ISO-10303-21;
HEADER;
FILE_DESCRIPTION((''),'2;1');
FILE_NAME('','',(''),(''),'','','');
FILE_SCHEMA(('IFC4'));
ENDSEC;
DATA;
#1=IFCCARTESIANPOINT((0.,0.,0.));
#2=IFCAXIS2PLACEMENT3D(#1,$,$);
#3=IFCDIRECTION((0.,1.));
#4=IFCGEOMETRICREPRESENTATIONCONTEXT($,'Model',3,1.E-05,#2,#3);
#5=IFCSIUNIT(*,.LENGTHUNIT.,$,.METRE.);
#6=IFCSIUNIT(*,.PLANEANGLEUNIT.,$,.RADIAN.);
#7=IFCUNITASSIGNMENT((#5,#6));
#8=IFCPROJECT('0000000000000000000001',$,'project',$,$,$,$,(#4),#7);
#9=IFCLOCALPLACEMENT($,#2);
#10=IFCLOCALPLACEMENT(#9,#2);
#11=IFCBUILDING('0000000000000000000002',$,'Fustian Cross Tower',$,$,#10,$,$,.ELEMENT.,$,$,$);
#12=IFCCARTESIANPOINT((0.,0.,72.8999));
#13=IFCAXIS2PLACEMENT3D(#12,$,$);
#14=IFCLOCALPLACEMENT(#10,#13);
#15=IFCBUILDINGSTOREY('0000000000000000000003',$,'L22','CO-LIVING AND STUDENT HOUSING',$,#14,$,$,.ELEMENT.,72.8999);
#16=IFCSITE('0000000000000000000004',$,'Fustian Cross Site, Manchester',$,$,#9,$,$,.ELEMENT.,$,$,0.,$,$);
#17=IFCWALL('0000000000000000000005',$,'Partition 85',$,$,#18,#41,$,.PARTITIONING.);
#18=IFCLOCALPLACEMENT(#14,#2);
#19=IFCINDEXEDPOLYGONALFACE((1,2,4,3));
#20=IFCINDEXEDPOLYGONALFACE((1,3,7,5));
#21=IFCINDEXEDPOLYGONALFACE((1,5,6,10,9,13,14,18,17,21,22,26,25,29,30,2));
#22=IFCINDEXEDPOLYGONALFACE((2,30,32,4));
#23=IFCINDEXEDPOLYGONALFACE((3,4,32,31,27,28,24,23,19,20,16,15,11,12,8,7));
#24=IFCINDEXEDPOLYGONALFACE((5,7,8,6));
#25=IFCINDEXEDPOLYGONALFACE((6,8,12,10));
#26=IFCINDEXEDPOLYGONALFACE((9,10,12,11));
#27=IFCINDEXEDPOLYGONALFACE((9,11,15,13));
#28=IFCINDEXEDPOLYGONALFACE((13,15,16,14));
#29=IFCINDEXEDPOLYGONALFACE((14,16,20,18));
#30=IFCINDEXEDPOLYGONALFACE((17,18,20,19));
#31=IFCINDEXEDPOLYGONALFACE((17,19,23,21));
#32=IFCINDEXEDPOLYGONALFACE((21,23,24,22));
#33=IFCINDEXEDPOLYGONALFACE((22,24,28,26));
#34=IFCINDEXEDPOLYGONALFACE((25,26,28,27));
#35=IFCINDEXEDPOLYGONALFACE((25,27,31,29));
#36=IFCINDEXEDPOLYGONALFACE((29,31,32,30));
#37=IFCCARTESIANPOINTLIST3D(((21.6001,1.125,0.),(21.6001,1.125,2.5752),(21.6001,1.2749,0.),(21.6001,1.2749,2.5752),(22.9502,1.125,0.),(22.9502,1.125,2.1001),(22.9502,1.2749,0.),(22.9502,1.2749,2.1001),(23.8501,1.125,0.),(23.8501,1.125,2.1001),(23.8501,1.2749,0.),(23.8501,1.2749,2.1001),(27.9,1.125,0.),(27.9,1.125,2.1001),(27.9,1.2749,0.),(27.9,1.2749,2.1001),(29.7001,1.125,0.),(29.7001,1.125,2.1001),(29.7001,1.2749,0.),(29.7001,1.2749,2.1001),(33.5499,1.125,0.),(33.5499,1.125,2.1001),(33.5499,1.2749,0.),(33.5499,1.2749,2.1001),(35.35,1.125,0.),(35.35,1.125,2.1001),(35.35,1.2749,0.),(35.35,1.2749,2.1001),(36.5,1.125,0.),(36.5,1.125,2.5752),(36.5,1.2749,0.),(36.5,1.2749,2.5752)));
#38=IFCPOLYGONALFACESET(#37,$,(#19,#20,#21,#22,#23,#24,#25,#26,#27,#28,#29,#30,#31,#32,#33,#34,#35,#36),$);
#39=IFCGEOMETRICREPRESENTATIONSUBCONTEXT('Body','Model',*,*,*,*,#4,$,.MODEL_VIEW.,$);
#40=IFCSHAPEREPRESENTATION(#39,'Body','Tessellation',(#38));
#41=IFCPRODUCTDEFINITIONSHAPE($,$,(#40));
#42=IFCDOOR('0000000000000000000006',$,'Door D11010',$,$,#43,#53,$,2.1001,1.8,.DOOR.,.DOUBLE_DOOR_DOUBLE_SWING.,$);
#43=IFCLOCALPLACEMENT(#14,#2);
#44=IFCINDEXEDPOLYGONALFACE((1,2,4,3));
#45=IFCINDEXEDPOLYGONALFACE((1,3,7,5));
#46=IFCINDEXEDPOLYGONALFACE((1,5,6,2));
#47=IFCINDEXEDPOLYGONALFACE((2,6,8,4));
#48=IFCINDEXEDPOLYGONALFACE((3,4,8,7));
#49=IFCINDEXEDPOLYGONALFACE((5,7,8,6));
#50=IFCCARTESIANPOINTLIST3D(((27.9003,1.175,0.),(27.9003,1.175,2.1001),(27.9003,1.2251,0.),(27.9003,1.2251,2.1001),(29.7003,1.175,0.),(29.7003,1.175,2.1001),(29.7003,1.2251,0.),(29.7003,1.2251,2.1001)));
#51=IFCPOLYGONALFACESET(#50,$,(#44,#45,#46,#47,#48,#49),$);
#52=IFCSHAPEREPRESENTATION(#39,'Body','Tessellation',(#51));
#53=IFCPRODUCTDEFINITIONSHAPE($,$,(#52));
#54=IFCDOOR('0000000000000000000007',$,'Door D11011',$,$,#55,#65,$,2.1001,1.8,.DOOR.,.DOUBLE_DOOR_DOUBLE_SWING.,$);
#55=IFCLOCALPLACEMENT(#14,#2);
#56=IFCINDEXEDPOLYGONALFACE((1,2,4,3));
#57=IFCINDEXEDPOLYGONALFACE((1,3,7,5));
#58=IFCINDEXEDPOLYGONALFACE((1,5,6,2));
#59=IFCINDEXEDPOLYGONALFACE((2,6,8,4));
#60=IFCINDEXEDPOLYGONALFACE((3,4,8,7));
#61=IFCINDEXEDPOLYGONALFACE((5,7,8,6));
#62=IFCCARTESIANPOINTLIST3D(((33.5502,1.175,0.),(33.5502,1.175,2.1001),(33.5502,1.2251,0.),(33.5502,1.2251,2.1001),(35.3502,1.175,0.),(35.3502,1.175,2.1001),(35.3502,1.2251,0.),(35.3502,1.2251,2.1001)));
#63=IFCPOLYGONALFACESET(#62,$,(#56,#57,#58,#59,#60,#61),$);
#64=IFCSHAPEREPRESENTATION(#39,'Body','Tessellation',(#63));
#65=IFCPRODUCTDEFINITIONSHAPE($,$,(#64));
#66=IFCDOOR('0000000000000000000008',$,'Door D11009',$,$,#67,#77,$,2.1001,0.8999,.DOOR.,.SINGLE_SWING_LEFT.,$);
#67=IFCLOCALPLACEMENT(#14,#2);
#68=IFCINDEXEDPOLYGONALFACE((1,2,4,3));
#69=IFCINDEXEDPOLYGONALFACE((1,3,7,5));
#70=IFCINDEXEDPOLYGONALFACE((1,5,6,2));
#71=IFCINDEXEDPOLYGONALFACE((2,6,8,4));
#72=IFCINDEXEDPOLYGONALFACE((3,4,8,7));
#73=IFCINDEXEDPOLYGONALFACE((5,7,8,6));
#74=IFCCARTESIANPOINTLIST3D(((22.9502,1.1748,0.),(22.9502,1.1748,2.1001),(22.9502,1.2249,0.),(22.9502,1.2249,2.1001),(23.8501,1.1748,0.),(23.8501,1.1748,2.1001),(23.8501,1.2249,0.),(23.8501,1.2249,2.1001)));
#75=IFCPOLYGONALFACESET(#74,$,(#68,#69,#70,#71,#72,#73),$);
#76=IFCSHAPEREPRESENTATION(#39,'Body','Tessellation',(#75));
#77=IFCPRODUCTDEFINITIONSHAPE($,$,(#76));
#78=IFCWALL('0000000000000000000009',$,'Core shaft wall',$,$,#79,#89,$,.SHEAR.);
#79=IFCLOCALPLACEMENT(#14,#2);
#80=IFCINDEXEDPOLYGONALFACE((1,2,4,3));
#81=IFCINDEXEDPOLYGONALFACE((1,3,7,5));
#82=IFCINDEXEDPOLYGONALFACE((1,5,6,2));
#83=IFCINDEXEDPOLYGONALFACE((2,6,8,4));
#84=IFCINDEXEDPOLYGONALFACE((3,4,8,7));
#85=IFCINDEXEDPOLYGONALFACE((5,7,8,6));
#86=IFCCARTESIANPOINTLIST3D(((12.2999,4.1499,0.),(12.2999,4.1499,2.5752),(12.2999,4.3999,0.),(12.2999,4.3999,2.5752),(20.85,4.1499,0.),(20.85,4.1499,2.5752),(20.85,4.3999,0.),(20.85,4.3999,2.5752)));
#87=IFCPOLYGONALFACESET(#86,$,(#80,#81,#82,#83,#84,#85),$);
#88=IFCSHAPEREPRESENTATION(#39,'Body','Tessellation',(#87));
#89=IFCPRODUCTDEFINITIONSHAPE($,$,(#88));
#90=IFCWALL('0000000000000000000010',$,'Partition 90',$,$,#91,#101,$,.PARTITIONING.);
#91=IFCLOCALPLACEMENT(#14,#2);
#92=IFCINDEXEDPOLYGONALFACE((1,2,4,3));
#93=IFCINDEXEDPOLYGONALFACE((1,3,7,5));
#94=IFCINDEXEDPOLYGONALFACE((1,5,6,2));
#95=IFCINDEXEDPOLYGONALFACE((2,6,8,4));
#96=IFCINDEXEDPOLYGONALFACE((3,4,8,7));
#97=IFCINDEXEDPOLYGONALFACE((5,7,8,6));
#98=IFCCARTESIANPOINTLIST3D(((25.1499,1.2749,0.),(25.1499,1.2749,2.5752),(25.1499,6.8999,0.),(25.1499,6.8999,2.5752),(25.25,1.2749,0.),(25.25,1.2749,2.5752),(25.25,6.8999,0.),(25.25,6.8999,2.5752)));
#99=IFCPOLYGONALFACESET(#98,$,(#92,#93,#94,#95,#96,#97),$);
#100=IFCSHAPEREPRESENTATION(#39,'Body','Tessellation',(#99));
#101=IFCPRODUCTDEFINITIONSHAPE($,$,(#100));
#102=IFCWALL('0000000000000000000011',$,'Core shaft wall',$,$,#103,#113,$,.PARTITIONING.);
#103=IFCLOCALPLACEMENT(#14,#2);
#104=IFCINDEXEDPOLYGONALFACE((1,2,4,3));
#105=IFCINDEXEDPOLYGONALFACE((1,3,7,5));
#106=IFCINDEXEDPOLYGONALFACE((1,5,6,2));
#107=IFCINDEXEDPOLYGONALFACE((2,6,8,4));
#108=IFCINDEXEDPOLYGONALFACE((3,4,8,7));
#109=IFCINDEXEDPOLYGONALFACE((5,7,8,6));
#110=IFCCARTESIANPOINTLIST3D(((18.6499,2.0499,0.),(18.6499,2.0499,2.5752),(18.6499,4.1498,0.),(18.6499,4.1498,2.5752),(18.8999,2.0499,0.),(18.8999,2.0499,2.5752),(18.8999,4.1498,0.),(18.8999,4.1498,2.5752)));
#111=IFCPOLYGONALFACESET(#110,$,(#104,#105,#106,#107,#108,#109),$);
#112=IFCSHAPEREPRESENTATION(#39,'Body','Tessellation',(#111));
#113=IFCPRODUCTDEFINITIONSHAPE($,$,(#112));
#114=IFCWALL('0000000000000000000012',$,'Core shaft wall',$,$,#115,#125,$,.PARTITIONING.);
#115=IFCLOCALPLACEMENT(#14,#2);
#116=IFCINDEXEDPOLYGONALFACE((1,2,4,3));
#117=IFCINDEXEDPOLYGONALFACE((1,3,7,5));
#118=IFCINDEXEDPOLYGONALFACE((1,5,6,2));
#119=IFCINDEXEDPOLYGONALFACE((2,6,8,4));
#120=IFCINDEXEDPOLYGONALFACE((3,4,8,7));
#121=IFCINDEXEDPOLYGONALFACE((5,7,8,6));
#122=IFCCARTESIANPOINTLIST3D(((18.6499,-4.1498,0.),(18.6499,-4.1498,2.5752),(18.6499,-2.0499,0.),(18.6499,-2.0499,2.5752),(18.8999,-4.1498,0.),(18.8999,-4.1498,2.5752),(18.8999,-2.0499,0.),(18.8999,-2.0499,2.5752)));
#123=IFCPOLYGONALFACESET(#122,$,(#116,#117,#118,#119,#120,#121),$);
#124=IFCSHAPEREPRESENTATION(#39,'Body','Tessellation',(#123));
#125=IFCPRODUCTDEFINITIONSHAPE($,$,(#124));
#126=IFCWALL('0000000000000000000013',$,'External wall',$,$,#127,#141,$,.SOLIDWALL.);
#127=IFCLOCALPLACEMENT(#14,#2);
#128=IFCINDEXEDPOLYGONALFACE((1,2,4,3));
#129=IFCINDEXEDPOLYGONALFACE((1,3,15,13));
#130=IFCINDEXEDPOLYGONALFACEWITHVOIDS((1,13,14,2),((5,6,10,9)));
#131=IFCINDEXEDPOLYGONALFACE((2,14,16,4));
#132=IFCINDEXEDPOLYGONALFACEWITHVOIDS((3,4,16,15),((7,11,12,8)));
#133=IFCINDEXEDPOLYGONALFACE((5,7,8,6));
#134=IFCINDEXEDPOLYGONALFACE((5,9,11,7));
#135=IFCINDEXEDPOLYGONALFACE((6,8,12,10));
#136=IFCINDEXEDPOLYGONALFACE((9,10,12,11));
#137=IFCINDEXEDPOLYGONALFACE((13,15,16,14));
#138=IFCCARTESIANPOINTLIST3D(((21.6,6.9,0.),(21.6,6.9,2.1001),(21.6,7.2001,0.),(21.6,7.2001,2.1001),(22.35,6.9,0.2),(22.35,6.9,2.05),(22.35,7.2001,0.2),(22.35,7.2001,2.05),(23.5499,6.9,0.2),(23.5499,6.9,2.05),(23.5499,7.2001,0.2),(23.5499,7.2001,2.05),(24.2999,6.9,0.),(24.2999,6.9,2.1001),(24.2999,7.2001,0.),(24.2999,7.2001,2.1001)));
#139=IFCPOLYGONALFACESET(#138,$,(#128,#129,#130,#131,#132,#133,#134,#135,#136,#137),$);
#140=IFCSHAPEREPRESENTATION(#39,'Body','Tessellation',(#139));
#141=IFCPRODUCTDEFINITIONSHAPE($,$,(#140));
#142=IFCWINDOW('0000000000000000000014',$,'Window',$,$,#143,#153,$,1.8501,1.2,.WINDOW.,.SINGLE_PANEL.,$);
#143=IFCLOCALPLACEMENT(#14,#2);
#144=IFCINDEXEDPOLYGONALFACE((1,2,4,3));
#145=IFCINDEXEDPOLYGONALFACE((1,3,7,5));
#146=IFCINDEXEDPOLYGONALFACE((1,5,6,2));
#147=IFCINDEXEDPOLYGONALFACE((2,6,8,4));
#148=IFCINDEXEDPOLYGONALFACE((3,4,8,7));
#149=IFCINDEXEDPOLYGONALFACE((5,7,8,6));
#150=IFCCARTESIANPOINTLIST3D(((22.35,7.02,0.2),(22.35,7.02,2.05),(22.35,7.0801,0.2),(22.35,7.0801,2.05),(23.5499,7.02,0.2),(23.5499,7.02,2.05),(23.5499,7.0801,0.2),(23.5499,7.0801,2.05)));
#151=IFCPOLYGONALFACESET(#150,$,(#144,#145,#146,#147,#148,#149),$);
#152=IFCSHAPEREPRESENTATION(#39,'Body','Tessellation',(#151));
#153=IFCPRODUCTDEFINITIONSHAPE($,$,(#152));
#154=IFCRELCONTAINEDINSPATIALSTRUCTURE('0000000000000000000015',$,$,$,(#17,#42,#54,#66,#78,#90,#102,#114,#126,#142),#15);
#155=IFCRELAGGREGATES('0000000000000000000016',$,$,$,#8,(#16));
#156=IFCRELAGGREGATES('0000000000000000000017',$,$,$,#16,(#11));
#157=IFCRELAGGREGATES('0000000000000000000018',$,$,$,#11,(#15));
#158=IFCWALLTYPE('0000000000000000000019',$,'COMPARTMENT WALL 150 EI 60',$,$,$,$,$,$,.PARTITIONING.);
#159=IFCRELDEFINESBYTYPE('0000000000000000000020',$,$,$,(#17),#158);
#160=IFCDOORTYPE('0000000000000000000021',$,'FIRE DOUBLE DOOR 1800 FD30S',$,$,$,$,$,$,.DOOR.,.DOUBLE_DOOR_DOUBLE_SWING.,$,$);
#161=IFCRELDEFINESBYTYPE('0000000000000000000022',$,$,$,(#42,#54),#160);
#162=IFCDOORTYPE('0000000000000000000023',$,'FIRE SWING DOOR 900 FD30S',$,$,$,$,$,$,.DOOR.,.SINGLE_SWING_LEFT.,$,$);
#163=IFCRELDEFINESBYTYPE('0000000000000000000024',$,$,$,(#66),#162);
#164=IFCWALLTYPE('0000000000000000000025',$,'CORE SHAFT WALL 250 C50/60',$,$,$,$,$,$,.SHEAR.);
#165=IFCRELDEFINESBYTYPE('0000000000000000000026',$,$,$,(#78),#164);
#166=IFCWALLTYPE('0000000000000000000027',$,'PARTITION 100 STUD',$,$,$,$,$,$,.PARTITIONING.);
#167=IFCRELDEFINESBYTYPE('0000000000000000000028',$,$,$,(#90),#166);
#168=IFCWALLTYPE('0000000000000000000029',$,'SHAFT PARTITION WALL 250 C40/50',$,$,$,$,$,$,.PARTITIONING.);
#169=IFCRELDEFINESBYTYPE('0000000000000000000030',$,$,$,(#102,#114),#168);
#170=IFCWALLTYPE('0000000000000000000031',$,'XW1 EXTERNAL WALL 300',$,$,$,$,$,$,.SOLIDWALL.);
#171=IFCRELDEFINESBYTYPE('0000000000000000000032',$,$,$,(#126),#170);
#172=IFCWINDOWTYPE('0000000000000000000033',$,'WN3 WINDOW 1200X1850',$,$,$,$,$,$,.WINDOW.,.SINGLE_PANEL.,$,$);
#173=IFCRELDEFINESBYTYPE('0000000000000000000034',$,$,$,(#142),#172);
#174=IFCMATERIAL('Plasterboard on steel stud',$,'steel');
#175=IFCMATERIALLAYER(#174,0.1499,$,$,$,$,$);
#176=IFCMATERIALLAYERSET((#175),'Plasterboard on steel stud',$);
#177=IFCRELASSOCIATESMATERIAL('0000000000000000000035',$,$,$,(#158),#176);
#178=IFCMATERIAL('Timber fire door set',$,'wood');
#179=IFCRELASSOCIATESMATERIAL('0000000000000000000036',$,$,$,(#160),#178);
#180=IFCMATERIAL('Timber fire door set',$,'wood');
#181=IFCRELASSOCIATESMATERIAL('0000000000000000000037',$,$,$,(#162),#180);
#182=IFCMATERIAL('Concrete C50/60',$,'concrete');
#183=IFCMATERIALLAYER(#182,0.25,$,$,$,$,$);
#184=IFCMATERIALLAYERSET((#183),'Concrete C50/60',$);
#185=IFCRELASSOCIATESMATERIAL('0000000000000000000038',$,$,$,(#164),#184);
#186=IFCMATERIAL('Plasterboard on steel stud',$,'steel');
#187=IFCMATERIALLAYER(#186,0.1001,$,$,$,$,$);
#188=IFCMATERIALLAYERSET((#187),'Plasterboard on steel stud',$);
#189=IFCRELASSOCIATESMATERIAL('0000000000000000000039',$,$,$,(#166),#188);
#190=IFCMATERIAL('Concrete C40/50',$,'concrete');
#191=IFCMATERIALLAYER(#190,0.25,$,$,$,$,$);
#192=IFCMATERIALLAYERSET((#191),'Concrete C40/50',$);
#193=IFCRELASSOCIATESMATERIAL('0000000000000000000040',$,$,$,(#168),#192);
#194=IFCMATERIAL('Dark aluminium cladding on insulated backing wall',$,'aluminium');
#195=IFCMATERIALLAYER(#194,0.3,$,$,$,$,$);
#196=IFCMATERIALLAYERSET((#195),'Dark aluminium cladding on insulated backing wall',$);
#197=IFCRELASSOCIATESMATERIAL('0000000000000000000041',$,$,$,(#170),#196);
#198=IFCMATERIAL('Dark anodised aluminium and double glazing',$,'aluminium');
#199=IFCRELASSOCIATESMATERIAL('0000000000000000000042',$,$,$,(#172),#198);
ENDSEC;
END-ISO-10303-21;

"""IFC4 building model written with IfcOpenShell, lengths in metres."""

from ifc_helpers import new_model, si_unit, direction, frame, frame_2d, origin, place, context, subcontext, project, spatial, rectangle, extrude, material, layer, layer_set, type_object, element, fill, save


model = new_model("IFC4")

# Units and contexts
model_context = context("Model", 3, precision=1e-05, world=origin(), true_north=direction((0.0, 1.0)))
body_context = subcontext(model_context, "Body", "Model", "MODEL_VIEW")
ifc_project = project(units=[si_unit("LENGTHUNIT", "METRE"), si_unit("PLANEANGLEUNIT", "RADIAN")], contexts=[model_context])

# Site, building, storey
site_placement = place(None, origin())
site = spatial("IfcSite", under=ifc_project, at=site_placement, Name="Fustian Cross Site, Manchester", CompositionType="ELEMENT", RefElevation=0.0)
building_placement = place(site_placement, origin())
building = spatial("IfcBuilding", under=site, at=building_placement, Name="Fustian Cross Tower", CompositionType="ELEMENT")
storey_placement = place(building_placement, frame((0.0, 0.0, 72.8999)))
storey = spatial("IfcBuildingStorey", under=building, at=storey_placement, Name="L22", Description="CO-LIVING AND STUDENT HOUSING", CompositionType="ELEMENT", Elevation=72.8999)

# Wall, openings, doors
ifc_material_1 = material(Name="Plasterboard on steel stud", Category="steel")
ifc_layer_1 = layer(ifc_material_1, 0.1499)
ifc_layer_set_1 = layer_set([ifc_layer_1], Name="Plasterboard on steel stud")
wall_type_1 = type_object("IfcWallType", Name="COMPARTMENT WALL 150 EI 60", PredefinedType="PARTITIONING", material=ifc_layer_set_1)
ifc_material_2 = material(Name="Timber fire door set", Category="wood")
door_type_1 = type_object("IfcDoorType", Name="FIRE DOUBLE DOOR 1800 FD30S", OperationType="DOUBLE_DOOR_DOUBLE_SWING", PredefinedType="DOOR", material=ifc_material_2)
wall_1_placement = place(storey_placement, frame((21.6001, 1.2, 0.0), z_axis=(0.0, 0.0, 1.0), x_axis=(1.0, 0.0, 0.0)))
wall_1 = element("IfcWall", 1, at=wall_1_placement, inside=storey, type_object=wall_type_1, Name="Partition 85", PredefinedType="PARTITIONING", context=body_context, shape_type="SweptSolid", body=[
    extrude(rectangle(XDim=14.8999, YDim=0.1499, at=frame_2d((7.45, 0.0))), origin(), (0.0, 0.0, 1.0), 2.5752),
])
opening_1_placement = place(wall_1_placement, frame((1.3501, 0.0, 0.0)))
opening_1 = element("IfcOpeningElement", 2, at=opening_1_placement, cuts=wall_1, PredefinedType="OPENING", context=body_context, shape_type="SweptSolid", body=[
    extrude(rectangle(XDim=0.8999, YDim=2.1001, at=frame_2d((0.45, 1.05))), frame((0.0, 0.085, 0.0), z_axis=(0.0, -1.0, 0.0), x_axis=(1.0, 0.0, 0.0)), (0.0, 0.0, 1.0), 0.1699),
])
opening_2_placement = place(wall_1_placement, frame((6.3, 0.0, 0.0)))
opening_2 = element("IfcOpeningElement", 3, at=opening_2_placement, cuts=wall_1, PredefinedType="OPENING", context=body_context, shape_type="SweptSolid", body=[
    extrude(rectangle(XDim=1.8, YDim=2.1001, at=frame_2d((0.8999, 1.05))), frame((0.0, 0.085, 0.0), z_axis=(0.0, -1.0, 0.0), x_axis=(1.0, 0.0, 0.0)), (0.0, 0.0, 1.0), 0.1699),
])
opening_3_placement = place(wall_1_placement, frame((11.95, 0.0, 0.0)))
opening_3 = element("IfcOpeningElement", 4, at=opening_3_placement, cuts=wall_1, PredefinedType="OPENING", context=body_context, shape_type="SweptSolid", body=[
    extrude(rectangle(XDim=1.8, YDim=2.1001, at=frame_2d((0.8999, 1.05))), frame((0.0, 0.085, 0.0), z_axis=(0.0, -1.0, 0.0), x_axis=(1.0, 0.0, 0.0)), (0.0, 0.0, 1.0), 0.1699),
])
door_1_placement = place(opening_2_placement, frame((1.8, 0.0, 0.0), z_axis=(0.0, 0.0, 1.0), x_axis=(-1.0, 0.0, 0.0)))
door_1 = element("IfcDoor", 5, at=door_1_placement, inside=storey, type_object=door_type_1, Name="Door D11010", OperationType="DOUBLE_DOOR_DOUBLE_SWING", OverallHeight=2.1001, OverallWidth=1.8, PredefinedType="DOOR", context=body_context, shape_type="SweptSolid", body=[
    extrude(rectangle(XDim=1.8, YDim=2.1001, at=frame_2d((0.8999, 1.05))), frame((0.0, 0.0249, 0.0), z_axis=(0.0, -1.0, 0.0), x_axis=(1.0, 0.0, 0.0)), (0.0, 0.0, 1.0), 0.05),
])
fill(opening_2, door_1)
door_2_placement = place(opening_3_placement, frame((1.8, 0.0, 0.0), z_axis=(0.0, 0.0, 1.0), x_axis=(-1.0, 0.0, 0.0)))
door_2 = element("IfcDoor", 6, at=door_2_placement, inside=storey, type_object=door_type_1, Name="Door D11011", OperationType="DOUBLE_DOOR_DOUBLE_SWING", OverallHeight=2.1001, OverallWidth=1.8, PredefinedType="DOOR", context=body_context, shape_type="SweptSolid", body=[
    extrude(rectangle(XDim=1.8, YDim=2.1001, at=frame_2d((0.8999, 1.05))), frame((0.0, 0.0249, 0.0), z_axis=(0.0, -1.0, 0.0), x_axis=(1.0, 0.0, 0.0)), (0.0, 0.0, 1.0), 0.05),
])
fill(opening_3, door_2)
ifc_material_3 = material(Name="Timber fire door set", Category="wood")
door_type_2 = type_object("IfcDoorType", Name="FIRE SWING DOOR 900 FD30S", OperationType="SINGLE_SWING_LEFT", PredefinedType="DOOR", material=ifc_material_3)
door_3_placement = place(opening_1_placement, origin())
door_3 = element("IfcDoor", 7, at=door_3_placement, inside=storey, type_object=door_type_2, Name="Door D11009", OperationType="SINGLE_SWING_LEFT", OverallHeight=2.1001, OverallWidth=0.8999, PredefinedType="DOOR", context=body_context, shape_type="SweptSolid", body=[
    extrude(rectangle(XDim=0.8999, YDim=2.1001, at=frame_2d((0.45, 1.05))), frame((0.0, 0.0249, 0.0), z_axis=(0.0, -1.0, 0.0), x_axis=(1.0, 0.0, 0.0)), (0.0, 0.0, 1.0), 0.05),
])
fill(opening_1, door_3)

# Walls
ifc_material_4 = material(Name="Concrete C50/60", Category="concrete")
ifc_layer_2 = layer(ifc_material_4, 0.25)
ifc_layer_set_2 = layer_set([ifc_layer_2], Name="Concrete C50/60")
wall_type_2 = type_object("IfcWallType", Name="CORE SHAFT WALL 250 C50/60", PredefinedType="SHEAR", material=ifc_layer_set_2)
wall_2_placement = place(storey_placement, frame((12.3, 4.2749, 0.0), z_axis=(0.0, 0.0, 1.0), x_axis=(1.0, 0.0, 0.0)))
element("IfcWall", 8, at=wall_2_placement, inside=storey, type_object=wall_type_2, Name="Core shaft wall", PredefinedType="SHEAR", context=body_context, shape_type="SweptSolid", body=[
    extrude(rectangle(XDim=8.55, YDim=0.25, at=frame_2d((4.2749, 0.0))), origin(), (0.0, 0.0, 1.0), 2.5752),
])
ifc_material_5 = material(Name="Plasterboard on steel stud", Category="steel")
ifc_layer_3 = layer(ifc_material_5, 0.1001)
ifc_layer_set_3 = layer_set([ifc_layer_3], Name="Plasterboard on steel stud")
wall_type_3 = type_object("IfcWallType", Name="PARTITION 100 STUD", PredefinedType="PARTITIONING", material=ifc_layer_set_3)
wall_3_placement = place(storey_placement, frame((25.2, 1.2749, 0.0), z_axis=(0.0, 0.0, 1.0), x_axis=(0.0, 1.0, 0.0)))
element("IfcWall", 9, at=wall_3_placement, inside=storey, type_object=wall_type_3, Name="Partition 90", PredefinedType="PARTITIONING", context=body_context, shape_type="SweptSolid", body=[
    extrude(rectangle(XDim=5.625, YDim=0.1001, at=frame_2d((2.8125, 0.0))), origin(), (0.0, 0.0, 1.0), 2.5752),
])
ifc_material_6 = material(Name="Concrete C40/50", Category="concrete")
ifc_layer_4 = layer(ifc_material_6, 0.25)
ifc_layer_set_4 = layer_set([ifc_layer_4], Name="Concrete C40/50")
wall_type_4 = type_object("IfcWallType", Name="SHAFT PARTITION WALL 250 C40/50", PredefinedType="PARTITIONING", material=ifc_layer_set_4)
for number, where, z_axis, x_axis, name in (
    (10, (18.7749, 2.05, 0.0), (0.0, 0.0, 1.0), (0.0, 1.0, 0.0), "Core shaft wall"),
    (11, (18.7749, -2.05, 0.0), (0.0, 0.0, 1.0), (0.0, -1.0, 0.0), "Core shaft wall"),
):
    element("IfcWall", number, at=place(storey_placement, frame(where, z_axis=z_axis, x_axis=x_axis)), inside=storey, type_object=wall_type_4, Name=name, PredefinedType="PARTITIONING", context=body_context, shape_type="SweptSolid", body=[
        extrude(rectangle(XDim=2.0999, YDim=0.25, at=frame_2d((1.0498, 0.0))), origin(), (0.0, 0.0, 1.0), 2.5752),
    ])

# Wall, opening, window
ifc_material_7 = material(Name="Dark aluminium cladding on insulated backing wall", Category="aluminium")
ifc_layer_5 = layer(ifc_material_7, 0.3)
ifc_layer_set_5 = layer_set([ifc_layer_5], Name="Dark aluminium cladding on insulated backing wall")
wall_type_5 = type_object("IfcWallType", Name="XW1 EXTERNAL WALL 300", PredefinedType="SOLIDWALL", material=ifc_layer_set_5)
wall_4_placement = place(storey_placement, frame((24.3, 7.05, 0.0), z_axis=(0.0, 0.0, 1.0), x_axis=(-1.0, 0.0, 0.0)))
wall_4 = element("IfcWall", 12, at=wall_4_placement, inside=storey, type_object=wall_type_5, Name="External wall", PredefinedType="SOLIDWALL", context=body_context, shape_type="SweptSolid", body=[
    extrude(rectangle(XDim=2.7, YDim=0.3, at=frame_2d((1.3501, 0.0))), origin(), (0.0, 0.0, 1.0), 2.1001),
])
opening_4_placement = place(wall_4_placement, frame((0.75, 0.0, 0.2)))
opening_4 = element("IfcOpeningElement", 13, at=opening_4_placement, cuts=wall_4, PredefinedType="OPENING", context=body_context, shape_type="SweptSolid", body=[
    extrude(rectangle(XDim=1.2, YDim=1.8501, at=frame_2d((0.6001, 0.925))), frame((0.0, 0.1599, 0.0), z_axis=(0.0, -1.0, 0.0), x_axis=(1.0, 0.0, 0.0)), (0.0, 0.0, 1.0), 0.3201),
])
ifc_material_8 = material(Name="Dark anodised aluminium and double glazing", Category="aluminium")
window_type = type_object("IfcWindowType", Name="WN3 WINDOW 1200X1850", PartitioningType="SINGLE_PANEL", PredefinedType="WINDOW", material=ifc_material_8)
window_placement = place(opening_4_placement, origin())
window = element("IfcWindow", 14, at=window_placement, inside=storey, type_object=window_type, Name="Window", OverallHeight=1.8501, OverallWidth=1.2, PartitioningType="SINGLE_PANEL", PredefinedType="WINDOW", context=body_context, shape_type="SweptSolid", body=[
    extrude(rectangle(XDim=1.2, YDim=1.8501, at=frame_2d((0.6001, 0.925))), frame((0.0, 0.03, 0.0), z_axis=(0.0, -1.0, 0.0), x_axis=(1.0, 0.0, 0.0)), (0.0, 0.0, 1.0), 0.0601),
])
fill(opening_4, window)

save(model, "model.ifc")
